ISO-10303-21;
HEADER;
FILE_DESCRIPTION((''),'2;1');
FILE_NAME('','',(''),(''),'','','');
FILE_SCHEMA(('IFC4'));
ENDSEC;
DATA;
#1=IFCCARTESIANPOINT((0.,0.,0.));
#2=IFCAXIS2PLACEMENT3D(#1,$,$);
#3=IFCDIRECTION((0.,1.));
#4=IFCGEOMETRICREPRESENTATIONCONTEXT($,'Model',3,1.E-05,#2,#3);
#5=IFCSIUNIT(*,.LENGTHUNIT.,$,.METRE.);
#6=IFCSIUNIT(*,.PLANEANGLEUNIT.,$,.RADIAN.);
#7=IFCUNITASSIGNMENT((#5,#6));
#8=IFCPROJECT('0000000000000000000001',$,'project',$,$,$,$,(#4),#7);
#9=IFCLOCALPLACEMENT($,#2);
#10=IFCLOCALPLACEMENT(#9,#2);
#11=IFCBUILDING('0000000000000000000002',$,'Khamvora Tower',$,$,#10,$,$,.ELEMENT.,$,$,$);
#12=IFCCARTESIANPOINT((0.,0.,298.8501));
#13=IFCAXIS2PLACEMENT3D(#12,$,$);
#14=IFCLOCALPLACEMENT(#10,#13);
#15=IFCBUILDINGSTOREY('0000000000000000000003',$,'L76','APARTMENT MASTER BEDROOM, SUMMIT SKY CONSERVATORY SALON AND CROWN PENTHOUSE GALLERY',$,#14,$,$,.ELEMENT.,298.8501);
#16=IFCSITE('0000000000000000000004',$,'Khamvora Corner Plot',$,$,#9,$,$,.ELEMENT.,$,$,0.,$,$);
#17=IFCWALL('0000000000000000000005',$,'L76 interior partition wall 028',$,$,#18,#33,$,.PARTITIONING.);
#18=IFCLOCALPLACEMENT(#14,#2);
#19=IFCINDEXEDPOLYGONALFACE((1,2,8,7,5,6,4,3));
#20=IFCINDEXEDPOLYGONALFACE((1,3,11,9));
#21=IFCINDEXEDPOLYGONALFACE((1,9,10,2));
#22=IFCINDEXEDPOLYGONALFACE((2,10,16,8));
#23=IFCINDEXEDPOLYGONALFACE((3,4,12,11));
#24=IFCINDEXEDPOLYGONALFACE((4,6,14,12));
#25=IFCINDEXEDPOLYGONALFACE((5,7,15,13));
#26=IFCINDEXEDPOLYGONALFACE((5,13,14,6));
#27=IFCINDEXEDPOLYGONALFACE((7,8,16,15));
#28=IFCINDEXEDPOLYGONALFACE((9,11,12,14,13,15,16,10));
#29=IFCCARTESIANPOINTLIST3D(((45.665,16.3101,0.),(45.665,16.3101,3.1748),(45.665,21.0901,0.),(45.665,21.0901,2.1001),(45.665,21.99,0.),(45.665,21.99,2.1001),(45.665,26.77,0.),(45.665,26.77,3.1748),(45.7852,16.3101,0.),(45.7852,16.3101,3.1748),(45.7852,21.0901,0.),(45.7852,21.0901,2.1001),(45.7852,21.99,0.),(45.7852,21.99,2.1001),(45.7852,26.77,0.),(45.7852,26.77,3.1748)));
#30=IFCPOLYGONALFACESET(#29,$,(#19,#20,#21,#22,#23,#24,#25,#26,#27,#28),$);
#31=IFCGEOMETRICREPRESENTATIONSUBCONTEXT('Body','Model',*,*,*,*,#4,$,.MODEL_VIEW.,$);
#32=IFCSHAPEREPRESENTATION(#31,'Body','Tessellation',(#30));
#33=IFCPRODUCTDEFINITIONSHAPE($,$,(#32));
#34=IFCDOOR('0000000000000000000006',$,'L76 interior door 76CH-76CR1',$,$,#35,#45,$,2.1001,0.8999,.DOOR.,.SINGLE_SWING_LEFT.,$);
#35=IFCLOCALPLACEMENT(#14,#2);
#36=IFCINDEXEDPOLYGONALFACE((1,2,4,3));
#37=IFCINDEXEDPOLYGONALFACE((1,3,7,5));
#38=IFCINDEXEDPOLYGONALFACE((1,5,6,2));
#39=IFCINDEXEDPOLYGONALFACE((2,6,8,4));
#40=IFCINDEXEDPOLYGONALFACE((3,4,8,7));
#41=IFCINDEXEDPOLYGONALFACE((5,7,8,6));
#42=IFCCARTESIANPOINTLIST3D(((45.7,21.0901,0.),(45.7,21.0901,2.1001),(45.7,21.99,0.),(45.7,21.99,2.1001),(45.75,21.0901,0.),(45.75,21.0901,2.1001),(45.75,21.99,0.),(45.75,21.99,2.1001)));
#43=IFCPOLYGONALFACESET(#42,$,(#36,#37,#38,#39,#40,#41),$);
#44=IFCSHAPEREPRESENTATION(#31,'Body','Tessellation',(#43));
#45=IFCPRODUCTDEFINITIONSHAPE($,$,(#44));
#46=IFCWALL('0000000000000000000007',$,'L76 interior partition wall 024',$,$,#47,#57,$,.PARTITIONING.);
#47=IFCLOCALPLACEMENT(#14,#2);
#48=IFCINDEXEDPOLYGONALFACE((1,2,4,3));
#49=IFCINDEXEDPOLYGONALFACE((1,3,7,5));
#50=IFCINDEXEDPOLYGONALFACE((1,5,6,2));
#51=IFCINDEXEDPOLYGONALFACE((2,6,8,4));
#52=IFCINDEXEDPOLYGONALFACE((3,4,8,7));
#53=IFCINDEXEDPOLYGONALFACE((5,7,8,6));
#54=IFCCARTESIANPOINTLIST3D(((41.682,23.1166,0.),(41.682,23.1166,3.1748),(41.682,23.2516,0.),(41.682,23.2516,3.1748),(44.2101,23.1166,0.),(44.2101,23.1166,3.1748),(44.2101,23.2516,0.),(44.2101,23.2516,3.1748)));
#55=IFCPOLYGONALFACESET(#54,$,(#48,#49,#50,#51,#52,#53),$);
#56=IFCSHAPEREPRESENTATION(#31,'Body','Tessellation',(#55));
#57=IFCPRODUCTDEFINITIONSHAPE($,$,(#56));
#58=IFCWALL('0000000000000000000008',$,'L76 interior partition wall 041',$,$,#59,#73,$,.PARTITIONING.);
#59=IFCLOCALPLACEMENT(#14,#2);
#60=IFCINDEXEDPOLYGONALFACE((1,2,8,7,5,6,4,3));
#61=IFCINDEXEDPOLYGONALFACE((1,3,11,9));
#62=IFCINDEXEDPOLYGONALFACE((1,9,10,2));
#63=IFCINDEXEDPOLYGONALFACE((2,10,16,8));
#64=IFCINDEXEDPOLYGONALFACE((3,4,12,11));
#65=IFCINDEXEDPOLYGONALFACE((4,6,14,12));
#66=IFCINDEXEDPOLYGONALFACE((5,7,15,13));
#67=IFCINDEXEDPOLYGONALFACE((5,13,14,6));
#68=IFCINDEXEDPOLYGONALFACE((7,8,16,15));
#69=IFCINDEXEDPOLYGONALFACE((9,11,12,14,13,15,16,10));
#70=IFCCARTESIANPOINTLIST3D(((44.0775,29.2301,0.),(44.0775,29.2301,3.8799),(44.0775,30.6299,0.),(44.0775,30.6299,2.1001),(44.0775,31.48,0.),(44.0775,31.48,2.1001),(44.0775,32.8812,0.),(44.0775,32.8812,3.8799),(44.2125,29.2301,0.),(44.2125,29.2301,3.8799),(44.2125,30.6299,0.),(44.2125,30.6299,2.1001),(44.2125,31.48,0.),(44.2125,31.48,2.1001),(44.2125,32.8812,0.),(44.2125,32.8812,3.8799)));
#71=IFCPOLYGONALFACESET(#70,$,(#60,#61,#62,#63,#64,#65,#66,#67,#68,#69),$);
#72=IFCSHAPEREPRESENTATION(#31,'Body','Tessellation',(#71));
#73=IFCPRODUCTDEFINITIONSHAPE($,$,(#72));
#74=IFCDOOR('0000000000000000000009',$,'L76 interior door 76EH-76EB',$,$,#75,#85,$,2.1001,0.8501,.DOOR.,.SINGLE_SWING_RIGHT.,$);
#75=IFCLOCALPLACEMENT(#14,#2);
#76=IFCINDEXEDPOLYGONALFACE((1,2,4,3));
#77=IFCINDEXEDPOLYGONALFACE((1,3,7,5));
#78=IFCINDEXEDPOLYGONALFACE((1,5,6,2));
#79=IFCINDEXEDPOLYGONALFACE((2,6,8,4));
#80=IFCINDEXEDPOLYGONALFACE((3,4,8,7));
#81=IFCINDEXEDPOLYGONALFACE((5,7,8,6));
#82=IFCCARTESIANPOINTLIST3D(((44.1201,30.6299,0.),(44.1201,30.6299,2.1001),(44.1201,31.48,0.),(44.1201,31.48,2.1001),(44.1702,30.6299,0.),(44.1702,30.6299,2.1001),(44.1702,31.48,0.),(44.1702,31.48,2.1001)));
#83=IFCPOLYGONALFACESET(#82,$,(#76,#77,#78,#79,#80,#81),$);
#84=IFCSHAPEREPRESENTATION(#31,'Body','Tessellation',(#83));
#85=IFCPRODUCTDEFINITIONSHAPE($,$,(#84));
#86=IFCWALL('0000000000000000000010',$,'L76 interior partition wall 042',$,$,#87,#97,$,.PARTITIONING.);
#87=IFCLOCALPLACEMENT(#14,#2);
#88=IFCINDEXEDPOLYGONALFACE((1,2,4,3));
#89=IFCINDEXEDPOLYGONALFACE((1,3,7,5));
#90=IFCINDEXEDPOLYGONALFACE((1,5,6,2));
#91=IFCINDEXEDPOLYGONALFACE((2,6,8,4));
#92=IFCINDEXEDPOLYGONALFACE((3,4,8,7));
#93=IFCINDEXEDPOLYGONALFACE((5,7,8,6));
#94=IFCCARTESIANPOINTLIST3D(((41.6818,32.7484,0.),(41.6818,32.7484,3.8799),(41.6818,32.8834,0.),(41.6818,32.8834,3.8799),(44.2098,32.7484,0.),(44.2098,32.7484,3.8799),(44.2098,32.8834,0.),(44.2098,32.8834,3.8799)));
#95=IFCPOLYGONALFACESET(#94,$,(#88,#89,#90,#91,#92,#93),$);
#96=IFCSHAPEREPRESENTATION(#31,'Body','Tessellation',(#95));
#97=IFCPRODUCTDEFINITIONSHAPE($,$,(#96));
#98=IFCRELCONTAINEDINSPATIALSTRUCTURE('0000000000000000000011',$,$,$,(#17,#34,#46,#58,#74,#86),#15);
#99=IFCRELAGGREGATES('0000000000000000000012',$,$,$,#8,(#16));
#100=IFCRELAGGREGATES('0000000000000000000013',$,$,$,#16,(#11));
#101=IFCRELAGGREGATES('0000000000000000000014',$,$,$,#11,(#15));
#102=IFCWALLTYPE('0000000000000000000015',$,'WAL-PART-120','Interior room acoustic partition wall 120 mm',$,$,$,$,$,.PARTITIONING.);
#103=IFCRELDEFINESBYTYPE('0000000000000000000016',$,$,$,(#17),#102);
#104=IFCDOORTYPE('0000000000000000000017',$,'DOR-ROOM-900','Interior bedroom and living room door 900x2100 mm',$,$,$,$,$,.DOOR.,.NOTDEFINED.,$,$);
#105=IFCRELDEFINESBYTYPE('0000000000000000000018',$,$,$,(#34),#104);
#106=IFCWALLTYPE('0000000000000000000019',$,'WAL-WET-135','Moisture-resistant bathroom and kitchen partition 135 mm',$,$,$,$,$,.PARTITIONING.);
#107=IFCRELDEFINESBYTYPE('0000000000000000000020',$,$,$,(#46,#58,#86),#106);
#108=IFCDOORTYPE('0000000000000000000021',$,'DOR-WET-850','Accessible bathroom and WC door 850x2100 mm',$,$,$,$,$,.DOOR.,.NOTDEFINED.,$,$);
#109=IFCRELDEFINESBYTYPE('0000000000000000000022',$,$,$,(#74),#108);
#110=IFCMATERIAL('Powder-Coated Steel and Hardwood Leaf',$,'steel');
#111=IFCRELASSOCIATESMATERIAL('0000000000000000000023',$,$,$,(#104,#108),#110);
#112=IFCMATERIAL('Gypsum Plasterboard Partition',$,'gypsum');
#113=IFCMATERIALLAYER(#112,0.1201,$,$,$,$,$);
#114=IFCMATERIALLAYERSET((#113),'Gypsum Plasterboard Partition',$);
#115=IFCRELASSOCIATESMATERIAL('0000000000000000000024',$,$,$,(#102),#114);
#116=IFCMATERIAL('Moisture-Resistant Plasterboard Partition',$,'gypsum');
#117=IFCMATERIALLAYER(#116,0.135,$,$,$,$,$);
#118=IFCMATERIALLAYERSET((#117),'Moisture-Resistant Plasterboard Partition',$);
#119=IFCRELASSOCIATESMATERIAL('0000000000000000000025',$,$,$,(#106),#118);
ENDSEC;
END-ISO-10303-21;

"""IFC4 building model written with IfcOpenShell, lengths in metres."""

from ifc_helpers import new_model, si_unit, direction, frame, frame_2d, origin, place, context, subcontext, project, spatial, rectangle, extrude, material, layer, layer_set, type_object, element, fill, save


model = new_model("IFC4")

# Units and contexts
model_context = context("Model", 3, precision=1e-05, world=origin(), true_north=direction((0.0, 1.0)))
body_context = subcontext(model_context, "Body", "Model", "MODEL_VIEW")
ifc_project = project(units=[si_unit("LENGTHUNIT", "METRE"), si_unit("PLANEANGLEUNIT", "RADIAN")], contexts=[model_context])

# Site, building, storey
site_placement = place(None, origin())
site = spatial("IfcSite", under=ifc_project, at=site_placement, Name="Khamvora Corner Plot", CompositionType="ELEMENT", RefElevation=0.0)
building_placement = place(site_placement, origin())
building = spatial("IfcBuilding", under=site, at=building_placement, Name="Khamvora Tower", CompositionType="ELEMENT")
storey_placement = place(building_placement, frame((0.0, 0.0, 298.8501)))
storey = spatial("IfcBuildingStorey", under=building, at=storey_placement, Name="L76", Description="APARTMENT MASTER BEDROOM, SUMMIT SKY CONSERVATORY SALON AND CROWN PENTHOUSE GALLERY", CompositionType="ELEMENT", Elevation=298.8501)

# Shared definitions
ifc_material_1 = material(Name="Powder-Coated Steel and Hardwood Leaf", Category="steel")
door_type_1 = type_object("IfcDoorType", Name="DOR-ROOM-900", Description="Interior bedroom and living room door 900x2100 mm", OperationType="NOTDEFINED", PredefinedType="DOOR", material=ifc_material_1)

# Wall, opening, door
ifc_material_2 = material(Name="Gypsum Plasterboard Partition", Category="gypsum")
ifc_layer_1 = layer(ifc_material_2, 0.1201)
ifc_layer_set_1 = layer_set([ifc_layer_1], Name="Gypsum Plasterboard Partition")
wall_type_1 = type_object("IfcWallType", Name="WAL-PART-120", Description="Interior room acoustic partition wall 120 mm", PredefinedType="PARTITIONING", material=ifc_layer_set_1)
wall_1_placement = place(storey_placement, frame((45.7251, 26.77, 0.0), z_axis=(0.0, 0.0, 1.0), x_axis=(0.0, -1.0, 0.0)))
wall_1 = element("IfcWall", 1, at=wall_1_placement, inside=storey, type_object=wall_type_1, Name="L76 interior partition wall 028", PredefinedType="PARTITIONING", context=body_context, shape_type="SweptSolid", body=[
    extrude(rectangle(XDim=10.46, YDim=0.1201, at=frame_2d((5.23, 0.0))), origin(), (0.0, 0.0, 1.0), 3.1748),
])
opening_1_placement = place(wall_1_placement, frame((4.78, 0.0, 0.0)))
opening_1 = element("IfcOpeningElement", 2, at=opening_1_placement, cuts=wall_1, PredefinedType="OPENING", context=body_context, shape_type="SweptSolid", body=[
    extrude(rectangle(XDim=0.8999, YDim=2.1001, at=frame_2d((0.45, 1.05))), frame((0.0, 0.0701, 0.0), z_axis=(0.0, -1.0, 0.0), x_axis=(1.0, 0.0, 0.0)), (0.0, 0.0, 1.0), 0.1401),
])
door_1_placement = place(opening_1_placement, origin())
door_1 = element("IfcDoor", 3, at=door_1_placement, inside=storey, type_object=door_type_1, Name="L76 interior door 76CH-76CR1", OperationType="SINGLE_SWING_LEFT", OverallHeight=2.1001, OverallWidth=0.8999, PredefinedType="DOOR", context=body_context, shape_type="SweptSolid", body=[
    extrude(rectangle(XDim=0.8999, YDim=2.1001, at=frame_2d((0.45, 1.05))), frame((0.0, 0.0249, 0.0), z_axis=(0.0, -1.0, 0.0), x_axis=(1.0, 0.0, 0.0)), (0.0, 0.0, 1.0), 0.05),
])
fill(opening_1, door_1)

# Wall
ifc_material_3 = material(Name="Moisture-Resistant Plasterboard Partition", Category="gypsum")
ifc_layer_2 = layer(ifc_material_3, 0.135)
ifc_layer_set_2 = layer_set([ifc_layer_2], Name="Moisture-Resistant Plasterboard Partition")
wall_type_2 = type_object("IfcWallType", Name="WAL-WET-135", Description="Moisture-resistant bathroom and kitchen partition 135 mm", PredefinedType="PARTITIONING", material=ifc_layer_set_2)
wall_2_placement = place(storey_placement, frame((41.6819, 23.1841, 0.0), z_axis=(0.0, 0.0, 1.0), x_axis=(1.0, 0.0, 0.0)))
element("IfcWall", 4, at=wall_2_placement, inside=storey, type_object=wall_type_2, Name="L76 interior partition wall 024", PredefinedType="PARTITIONING", context=body_context, shape_type="SweptSolid", body=[
    extrude(rectangle(XDim=2.5281, YDim=0.135, at=frame_2d((1.2642, 0.0))), origin(), (0.0, 0.0, 1.0), 3.1748),
])

# Wall, opening, door
wall_3_placement = place(storey_placement, frame((44.145, 29.23, 0.0), z_axis=(0.0, 0.0, 1.0), x_axis=(0.0, 1.0, 0.0)))
wall_3 = element("IfcWall", 5, at=wall_3_placement, inside=storey, type_object=wall_type_2, Name="L76 interior partition wall 041", PredefinedType="PARTITIONING", context=body_context, shape_type="SweptSolid", body=[
    extrude(rectangle(XDim=3.6511, YDim=0.135, at=frame_2d((1.8257, 0.0))), origin(), (0.0, 0.0, 1.0), 3.8799),
])
opening_2_placement = place(wall_3_placement, frame((1.3999, 0.0, 0.0)))
opening_2 = element("IfcOpeningElement", 6, at=opening_2_placement, cuts=wall_3, PredefinedType="OPENING", context=body_context, shape_type="SweptSolid", body=[
    extrude(rectangle(XDim=0.8501, YDim=2.1001, at=frame_2d((0.425, 1.05))), frame((0.0, 0.0774, 0.0), z_axis=(0.0, -1.0, 0.0), x_axis=(1.0, 0.0, 0.0)), (0.0, 0.0, 1.0), 0.155),
])
door_type_2 = type_object("IfcDoorType", Name="DOR-WET-850", Description="Accessible bathroom and WC door 850x2100 mm", OperationType="NOTDEFINED", PredefinedType="DOOR", material=ifc_material_1)
door_2_placement = place(opening_2_placement, origin())
door_2 = element("IfcDoor", 7, at=door_2_placement, inside=storey, type_object=door_type_2, Name="L76 interior door 76EH-76EB", OperationType="SINGLE_SWING_RIGHT", OverallHeight=2.1001, OverallWidth=0.8501, PredefinedType="DOOR", context=body_context, shape_type="SweptSolid", body=[
    extrude(rectangle(XDim=0.8501, YDim=2.1001, at=frame_2d((0.425, 1.05))), frame((0.0, 0.0249, 0.0), z_axis=(0.0, -1.0, 0.0), x_axis=(1.0, 0.0, 0.0)), (0.0, 0.0, 1.0), 0.05),
])
fill(opening_2, door_2)

# Wall
wall_4_placement = place(storey_placement, frame((44.21, 32.8159, 0.0), z_axis=(0.0, 0.0, 1.0), x_axis=(-1.0, 0.0, 0.0)))
element("IfcWall", 8, at=wall_4_placement, inside=storey, type_object=wall_type_2, Name="L76 interior partition wall 042", PredefinedType="PARTITIONING", context=body_context, shape_type="SweptSolid", body=[
    extrude(rectangle(XDim=2.5281, YDim=0.135, at=frame_2d((1.2642, 0.0))), origin(), (0.0, 0.0, 1.0), 3.8799),
])

save(model, "model.ifc")
